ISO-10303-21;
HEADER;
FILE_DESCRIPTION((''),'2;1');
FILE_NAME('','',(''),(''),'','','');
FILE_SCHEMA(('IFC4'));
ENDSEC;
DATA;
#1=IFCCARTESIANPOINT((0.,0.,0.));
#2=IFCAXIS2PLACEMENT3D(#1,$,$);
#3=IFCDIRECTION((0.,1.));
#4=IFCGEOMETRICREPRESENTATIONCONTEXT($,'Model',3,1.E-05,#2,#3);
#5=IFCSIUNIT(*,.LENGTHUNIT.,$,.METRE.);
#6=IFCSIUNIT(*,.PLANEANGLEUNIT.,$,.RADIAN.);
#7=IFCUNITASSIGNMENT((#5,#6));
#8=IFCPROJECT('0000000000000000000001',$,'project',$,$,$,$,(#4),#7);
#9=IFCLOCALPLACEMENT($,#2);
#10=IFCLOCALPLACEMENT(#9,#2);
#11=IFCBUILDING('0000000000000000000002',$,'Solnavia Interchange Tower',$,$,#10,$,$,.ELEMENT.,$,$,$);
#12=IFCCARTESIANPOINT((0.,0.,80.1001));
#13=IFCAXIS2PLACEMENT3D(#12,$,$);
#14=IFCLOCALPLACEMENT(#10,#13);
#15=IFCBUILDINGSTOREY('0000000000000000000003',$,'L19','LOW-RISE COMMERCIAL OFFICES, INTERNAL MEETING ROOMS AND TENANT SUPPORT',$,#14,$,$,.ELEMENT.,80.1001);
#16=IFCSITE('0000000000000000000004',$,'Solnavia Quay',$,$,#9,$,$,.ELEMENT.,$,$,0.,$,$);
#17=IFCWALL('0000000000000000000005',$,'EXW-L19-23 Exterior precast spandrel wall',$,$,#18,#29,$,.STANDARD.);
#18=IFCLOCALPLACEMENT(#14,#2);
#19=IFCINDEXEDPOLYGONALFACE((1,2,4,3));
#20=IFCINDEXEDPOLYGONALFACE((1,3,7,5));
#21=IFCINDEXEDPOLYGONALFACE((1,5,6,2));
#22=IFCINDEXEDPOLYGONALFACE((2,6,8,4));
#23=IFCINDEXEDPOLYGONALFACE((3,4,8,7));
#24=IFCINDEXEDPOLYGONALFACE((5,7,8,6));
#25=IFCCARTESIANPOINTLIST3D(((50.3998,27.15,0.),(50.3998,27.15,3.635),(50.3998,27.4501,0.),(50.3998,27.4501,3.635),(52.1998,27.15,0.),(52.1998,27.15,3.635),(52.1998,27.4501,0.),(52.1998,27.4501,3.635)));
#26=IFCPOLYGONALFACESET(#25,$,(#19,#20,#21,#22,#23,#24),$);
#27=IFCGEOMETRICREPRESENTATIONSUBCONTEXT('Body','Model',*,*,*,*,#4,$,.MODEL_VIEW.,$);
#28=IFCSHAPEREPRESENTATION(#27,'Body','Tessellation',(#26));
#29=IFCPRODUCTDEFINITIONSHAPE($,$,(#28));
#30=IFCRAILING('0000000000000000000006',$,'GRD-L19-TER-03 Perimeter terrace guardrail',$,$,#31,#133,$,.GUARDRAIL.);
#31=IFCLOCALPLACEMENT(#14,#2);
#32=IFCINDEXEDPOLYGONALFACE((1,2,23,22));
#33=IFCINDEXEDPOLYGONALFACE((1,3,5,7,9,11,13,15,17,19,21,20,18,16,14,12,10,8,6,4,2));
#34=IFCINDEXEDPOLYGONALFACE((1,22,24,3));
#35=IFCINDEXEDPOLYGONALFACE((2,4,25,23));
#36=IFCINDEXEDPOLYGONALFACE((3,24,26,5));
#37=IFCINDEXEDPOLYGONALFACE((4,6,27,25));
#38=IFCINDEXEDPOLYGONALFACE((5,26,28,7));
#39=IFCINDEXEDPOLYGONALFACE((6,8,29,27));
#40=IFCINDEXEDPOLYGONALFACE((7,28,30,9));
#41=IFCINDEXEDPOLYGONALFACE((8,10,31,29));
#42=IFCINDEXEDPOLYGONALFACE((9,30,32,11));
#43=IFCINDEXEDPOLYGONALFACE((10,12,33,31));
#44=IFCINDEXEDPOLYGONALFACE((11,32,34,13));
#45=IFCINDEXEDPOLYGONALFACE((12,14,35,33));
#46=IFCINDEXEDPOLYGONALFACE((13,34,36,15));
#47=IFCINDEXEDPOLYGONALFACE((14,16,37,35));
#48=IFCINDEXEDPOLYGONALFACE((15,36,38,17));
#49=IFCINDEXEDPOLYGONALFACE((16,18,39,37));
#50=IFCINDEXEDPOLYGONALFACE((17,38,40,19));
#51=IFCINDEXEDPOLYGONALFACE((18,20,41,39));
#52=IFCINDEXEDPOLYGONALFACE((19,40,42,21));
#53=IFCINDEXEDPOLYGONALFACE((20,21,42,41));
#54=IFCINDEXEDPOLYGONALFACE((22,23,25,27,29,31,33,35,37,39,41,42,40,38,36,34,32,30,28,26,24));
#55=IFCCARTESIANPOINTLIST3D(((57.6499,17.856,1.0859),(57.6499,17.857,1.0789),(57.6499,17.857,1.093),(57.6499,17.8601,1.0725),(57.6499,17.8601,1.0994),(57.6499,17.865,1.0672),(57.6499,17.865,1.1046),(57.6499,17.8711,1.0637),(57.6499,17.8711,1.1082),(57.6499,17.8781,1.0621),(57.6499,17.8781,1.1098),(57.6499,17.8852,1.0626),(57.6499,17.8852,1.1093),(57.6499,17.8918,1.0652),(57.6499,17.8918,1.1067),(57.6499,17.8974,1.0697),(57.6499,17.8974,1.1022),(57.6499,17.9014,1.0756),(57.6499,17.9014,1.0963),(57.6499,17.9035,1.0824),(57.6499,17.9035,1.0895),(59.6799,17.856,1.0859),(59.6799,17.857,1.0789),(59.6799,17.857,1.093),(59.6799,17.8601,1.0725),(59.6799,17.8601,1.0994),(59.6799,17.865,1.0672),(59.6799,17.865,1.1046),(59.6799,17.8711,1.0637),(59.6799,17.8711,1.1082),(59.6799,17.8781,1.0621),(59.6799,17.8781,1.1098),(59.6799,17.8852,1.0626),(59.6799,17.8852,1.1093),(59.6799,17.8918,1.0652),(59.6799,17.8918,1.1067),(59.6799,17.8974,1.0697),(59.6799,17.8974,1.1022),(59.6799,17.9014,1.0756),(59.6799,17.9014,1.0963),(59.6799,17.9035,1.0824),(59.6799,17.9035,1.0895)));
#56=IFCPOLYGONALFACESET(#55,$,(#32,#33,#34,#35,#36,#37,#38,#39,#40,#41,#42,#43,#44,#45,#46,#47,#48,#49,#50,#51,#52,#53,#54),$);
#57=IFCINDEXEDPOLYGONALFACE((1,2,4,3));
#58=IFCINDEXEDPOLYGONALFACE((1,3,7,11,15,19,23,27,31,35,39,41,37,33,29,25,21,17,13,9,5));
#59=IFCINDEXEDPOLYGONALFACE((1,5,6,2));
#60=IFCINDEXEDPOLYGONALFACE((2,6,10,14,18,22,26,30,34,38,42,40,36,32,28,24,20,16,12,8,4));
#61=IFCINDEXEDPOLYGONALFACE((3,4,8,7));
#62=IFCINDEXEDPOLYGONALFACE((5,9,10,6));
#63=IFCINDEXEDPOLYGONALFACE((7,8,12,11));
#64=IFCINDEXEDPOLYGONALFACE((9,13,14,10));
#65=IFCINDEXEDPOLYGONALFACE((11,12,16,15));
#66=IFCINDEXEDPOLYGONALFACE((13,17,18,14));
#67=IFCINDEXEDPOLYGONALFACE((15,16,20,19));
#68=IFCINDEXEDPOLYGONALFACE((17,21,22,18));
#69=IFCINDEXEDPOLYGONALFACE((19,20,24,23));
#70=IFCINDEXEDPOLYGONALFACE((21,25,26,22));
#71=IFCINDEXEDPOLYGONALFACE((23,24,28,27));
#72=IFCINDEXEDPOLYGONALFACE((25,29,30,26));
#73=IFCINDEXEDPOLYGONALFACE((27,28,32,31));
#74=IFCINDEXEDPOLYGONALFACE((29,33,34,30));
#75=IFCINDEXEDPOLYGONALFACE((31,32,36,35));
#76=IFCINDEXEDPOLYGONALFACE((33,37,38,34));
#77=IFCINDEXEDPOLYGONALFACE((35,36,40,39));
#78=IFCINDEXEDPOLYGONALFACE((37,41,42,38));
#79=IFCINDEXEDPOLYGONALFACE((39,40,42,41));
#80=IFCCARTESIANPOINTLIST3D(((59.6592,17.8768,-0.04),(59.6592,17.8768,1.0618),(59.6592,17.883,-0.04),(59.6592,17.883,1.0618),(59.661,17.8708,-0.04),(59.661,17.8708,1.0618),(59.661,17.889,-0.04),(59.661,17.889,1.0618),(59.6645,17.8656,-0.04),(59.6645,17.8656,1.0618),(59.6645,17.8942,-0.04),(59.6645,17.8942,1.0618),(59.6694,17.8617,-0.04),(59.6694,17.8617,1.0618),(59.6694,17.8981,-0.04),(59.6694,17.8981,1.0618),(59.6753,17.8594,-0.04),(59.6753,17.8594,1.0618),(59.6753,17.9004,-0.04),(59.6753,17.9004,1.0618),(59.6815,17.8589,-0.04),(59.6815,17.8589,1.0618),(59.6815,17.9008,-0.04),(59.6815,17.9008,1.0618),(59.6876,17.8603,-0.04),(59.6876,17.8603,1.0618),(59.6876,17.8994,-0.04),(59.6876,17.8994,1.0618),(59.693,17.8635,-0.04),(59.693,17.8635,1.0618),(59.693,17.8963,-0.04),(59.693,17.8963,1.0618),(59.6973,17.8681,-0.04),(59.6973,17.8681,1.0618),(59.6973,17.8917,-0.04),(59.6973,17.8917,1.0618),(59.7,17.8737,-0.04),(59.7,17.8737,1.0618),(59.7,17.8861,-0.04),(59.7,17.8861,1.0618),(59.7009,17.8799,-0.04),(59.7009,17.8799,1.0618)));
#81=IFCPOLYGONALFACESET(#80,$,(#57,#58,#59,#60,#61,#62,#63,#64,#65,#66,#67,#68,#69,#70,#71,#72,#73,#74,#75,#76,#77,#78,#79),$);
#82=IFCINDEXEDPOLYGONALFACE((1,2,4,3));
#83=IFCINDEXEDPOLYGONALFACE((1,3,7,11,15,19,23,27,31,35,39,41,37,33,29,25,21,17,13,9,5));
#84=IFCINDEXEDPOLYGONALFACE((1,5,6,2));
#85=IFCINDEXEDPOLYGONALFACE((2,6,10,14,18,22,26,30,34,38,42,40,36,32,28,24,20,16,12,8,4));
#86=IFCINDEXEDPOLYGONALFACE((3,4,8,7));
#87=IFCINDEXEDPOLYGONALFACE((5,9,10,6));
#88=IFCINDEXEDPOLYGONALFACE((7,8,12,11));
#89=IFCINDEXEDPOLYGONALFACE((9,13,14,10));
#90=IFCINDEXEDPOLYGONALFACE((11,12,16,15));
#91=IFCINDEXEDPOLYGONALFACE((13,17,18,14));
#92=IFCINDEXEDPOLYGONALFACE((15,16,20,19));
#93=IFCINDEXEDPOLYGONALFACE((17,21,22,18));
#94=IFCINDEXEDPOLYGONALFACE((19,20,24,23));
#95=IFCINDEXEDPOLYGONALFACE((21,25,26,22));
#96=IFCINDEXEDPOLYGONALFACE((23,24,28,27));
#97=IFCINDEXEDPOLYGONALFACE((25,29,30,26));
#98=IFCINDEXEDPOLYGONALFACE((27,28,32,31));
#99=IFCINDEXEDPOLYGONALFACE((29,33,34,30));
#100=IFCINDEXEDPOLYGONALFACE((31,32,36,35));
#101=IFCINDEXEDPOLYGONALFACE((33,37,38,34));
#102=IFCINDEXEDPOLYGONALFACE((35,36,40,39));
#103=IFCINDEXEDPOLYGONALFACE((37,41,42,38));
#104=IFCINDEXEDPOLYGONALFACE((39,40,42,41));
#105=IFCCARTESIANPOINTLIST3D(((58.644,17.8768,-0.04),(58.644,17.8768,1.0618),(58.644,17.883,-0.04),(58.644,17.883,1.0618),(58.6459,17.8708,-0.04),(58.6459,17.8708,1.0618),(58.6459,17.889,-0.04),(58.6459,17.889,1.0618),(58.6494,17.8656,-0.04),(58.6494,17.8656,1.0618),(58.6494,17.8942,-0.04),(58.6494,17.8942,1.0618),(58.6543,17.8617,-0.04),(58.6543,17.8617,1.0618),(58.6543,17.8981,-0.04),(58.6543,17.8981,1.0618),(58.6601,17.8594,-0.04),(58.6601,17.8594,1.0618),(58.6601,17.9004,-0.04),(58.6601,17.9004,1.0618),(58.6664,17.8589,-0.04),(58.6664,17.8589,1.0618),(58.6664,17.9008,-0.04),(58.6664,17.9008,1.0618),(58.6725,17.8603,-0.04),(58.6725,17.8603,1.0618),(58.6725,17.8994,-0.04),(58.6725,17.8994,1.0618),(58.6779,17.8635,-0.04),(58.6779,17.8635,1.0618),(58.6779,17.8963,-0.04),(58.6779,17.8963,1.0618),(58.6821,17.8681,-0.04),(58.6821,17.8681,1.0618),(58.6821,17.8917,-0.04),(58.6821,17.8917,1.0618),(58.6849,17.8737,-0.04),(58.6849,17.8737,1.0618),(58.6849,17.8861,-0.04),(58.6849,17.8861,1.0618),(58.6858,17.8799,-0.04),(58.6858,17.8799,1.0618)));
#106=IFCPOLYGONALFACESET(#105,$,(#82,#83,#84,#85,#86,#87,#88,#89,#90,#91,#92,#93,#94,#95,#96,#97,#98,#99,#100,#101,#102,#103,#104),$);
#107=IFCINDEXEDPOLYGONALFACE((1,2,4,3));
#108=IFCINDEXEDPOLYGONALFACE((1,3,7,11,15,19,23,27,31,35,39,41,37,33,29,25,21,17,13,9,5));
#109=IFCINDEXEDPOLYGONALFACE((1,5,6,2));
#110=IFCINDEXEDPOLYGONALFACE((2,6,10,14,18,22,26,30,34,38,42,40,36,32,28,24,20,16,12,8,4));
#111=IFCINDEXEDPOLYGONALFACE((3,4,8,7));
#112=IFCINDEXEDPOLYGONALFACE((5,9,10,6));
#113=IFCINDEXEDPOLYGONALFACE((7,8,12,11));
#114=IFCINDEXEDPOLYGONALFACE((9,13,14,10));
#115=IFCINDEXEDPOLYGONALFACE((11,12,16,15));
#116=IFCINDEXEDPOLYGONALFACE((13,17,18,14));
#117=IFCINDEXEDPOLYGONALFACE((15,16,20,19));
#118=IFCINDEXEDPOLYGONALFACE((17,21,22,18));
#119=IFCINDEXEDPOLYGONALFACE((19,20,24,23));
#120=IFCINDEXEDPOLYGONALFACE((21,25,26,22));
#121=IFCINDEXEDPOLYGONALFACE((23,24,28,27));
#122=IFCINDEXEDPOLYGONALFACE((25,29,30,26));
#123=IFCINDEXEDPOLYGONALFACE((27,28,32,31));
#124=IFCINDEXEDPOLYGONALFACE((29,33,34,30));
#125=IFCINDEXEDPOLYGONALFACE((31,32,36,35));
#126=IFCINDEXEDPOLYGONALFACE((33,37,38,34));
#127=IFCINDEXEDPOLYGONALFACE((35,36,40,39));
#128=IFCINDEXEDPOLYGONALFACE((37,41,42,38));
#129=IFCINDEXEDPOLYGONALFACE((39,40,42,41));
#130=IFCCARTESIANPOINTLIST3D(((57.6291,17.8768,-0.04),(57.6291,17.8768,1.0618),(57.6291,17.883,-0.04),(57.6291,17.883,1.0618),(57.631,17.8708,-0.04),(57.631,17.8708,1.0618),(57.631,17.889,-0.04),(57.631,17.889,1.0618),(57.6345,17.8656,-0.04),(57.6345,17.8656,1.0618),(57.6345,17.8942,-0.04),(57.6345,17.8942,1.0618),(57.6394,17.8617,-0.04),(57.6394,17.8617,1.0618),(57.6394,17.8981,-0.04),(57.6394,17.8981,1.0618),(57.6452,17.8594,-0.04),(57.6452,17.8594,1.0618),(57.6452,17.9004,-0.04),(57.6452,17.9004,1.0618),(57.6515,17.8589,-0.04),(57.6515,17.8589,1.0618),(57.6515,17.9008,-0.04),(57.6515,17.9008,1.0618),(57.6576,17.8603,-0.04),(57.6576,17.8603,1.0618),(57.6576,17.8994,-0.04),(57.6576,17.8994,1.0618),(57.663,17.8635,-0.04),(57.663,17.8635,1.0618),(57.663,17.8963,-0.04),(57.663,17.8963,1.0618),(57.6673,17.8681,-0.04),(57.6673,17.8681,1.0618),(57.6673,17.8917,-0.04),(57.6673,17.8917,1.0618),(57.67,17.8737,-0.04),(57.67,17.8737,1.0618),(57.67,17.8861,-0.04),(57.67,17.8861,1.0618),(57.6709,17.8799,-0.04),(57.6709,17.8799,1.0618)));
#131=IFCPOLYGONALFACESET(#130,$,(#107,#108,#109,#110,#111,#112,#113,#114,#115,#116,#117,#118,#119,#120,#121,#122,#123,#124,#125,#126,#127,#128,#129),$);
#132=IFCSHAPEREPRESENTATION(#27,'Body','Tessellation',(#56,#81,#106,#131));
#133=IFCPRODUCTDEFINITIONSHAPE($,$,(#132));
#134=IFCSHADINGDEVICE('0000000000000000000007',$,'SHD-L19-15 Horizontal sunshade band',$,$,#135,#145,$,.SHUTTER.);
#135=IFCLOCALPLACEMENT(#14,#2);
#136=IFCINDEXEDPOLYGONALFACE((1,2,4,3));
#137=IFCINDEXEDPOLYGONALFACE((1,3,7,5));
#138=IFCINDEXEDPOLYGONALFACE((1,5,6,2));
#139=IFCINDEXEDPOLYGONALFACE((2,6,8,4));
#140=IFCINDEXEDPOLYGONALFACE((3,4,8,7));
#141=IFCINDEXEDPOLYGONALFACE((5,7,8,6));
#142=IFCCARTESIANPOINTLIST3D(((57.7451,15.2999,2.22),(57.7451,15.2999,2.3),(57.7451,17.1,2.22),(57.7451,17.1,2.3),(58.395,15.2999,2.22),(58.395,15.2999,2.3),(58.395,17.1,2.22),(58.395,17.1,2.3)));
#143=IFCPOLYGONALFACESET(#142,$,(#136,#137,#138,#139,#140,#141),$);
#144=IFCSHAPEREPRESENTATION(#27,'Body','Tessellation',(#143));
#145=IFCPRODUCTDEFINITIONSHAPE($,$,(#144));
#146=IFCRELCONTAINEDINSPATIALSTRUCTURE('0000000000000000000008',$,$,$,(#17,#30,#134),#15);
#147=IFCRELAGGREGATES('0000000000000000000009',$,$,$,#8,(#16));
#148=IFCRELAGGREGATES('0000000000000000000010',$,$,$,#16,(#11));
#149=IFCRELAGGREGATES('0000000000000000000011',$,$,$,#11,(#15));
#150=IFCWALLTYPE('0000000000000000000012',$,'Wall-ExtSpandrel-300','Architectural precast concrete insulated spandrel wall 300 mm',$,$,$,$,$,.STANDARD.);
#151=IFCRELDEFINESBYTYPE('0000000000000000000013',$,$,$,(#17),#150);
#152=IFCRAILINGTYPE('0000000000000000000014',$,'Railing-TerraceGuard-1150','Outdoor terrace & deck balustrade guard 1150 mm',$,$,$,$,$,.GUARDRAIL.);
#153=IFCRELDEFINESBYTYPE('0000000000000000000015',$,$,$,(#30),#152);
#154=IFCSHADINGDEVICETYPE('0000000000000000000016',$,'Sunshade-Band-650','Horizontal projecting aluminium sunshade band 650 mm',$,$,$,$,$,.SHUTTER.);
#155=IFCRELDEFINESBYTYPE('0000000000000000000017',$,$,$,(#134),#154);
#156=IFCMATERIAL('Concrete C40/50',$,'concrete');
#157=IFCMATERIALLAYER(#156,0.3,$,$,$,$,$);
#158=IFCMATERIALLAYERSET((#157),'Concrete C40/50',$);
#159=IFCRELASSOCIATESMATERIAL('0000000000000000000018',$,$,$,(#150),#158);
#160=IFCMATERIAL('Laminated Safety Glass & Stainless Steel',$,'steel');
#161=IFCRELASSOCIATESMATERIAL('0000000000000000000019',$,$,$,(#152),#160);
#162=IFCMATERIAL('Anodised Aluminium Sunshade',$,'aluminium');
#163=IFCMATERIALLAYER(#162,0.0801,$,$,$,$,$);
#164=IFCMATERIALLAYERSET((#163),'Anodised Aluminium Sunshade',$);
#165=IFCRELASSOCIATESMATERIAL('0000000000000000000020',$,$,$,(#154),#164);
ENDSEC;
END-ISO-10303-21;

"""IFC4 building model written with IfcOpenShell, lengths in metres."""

from ifc_helpers import new_model, si_unit, direction, frame, frame_2d, origin, origin_2d, place, context, subcontext, project, spatial, rectangle, circle, extrude, material, layer, layer_set, type_object, element, save


model = new_model("IFC4")

# Units and contexts
model_context = context("Model", 3, precision=1e-05, world=origin(), true_north=direction((0.0, 1.0)))
body_context = subcontext(model_context, "Body", "Model", "MODEL_VIEW")
ifc_project = project(units=[si_unit("LENGTHUNIT", "METRE"), si_unit("PLANEANGLEUNIT", "RADIAN")], contexts=[model_context])

# Site, building, storey
site_placement = place(None, origin())
site = spatial("IfcSite", under=ifc_project, at=site_placement, Name="Solnavia Quay", CompositionType="ELEMENT", RefElevation=0.0)
building_placement = place(site_placement, origin())
building = spatial("IfcBuilding", under=site, at=building_placement, Name="Solnavia Interchange Tower", CompositionType="ELEMENT")
storey_placement = place(building_placement, frame((0.0, 0.0, 80.1001)))
storey = spatial("IfcBuildingStorey", under=building, at=storey_placement, Name="L19", Description="LOW-RISE COMMERCIAL OFFICES, INTERNAL MEETING ROOMS AND TENANT SUPPORT", CompositionType="ELEMENT", Elevation=80.1001)

# Shared definitions
ifc_material_1 = material(Name="Concrete C40/50", Category="concrete")
ifc_layer_1 = layer(ifc_material_1, 0.3)
ifc_layer_set_1 = layer_set([ifc_layer_1], Name="Concrete C40/50")
wall_type_1 = type_object("IfcWallType", Name="Wall-ExtSpandrel-300", Description="Architectural precast concrete insulated spandrel wall 300 mm", PredefinedType="STANDARD", material=ifc_layer_set_1)

# Wall
wall_1_placement = place(storey_placement, frame((50.3999, 27.3, 0.0), z_axis=(0.0, 0.0, 1.0), x_axis=(1.0, 0.0, 0.0)))
element("IfcWall", 1, at=wall_1_placement, inside=storey, type_object=wall_type_1, Name="EXW-L19-23 Exterior precast spandrel wall", PredefinedType="STANDARD", context=body_context, shape_type="SweptSolid", body=[
    extrude(rectangle(XDim=1.8, YDim=0.3, at=frame_2d((0.8999, 0.0))), origin(), (0.0, 0.0, 1.0), 3.635),
])

# Railing
ifc_material_2 = material(Name="Laminated Safety Glass & Stainless Steel", Category="steel")
railing_type = type_object("IfcRailingType", Name="Railing-TerraceGuard-1150", Description="Outdoor terrace & deck balustrade guard 1150 mm", PredefinedType="GUARDRAIL", material=ifc_material_2)
railing_placement = place(storey_placement, frame((59.6799, 17.8799, -0.04)))
element("IfcRailing", 2, at=railing_placement, inside=storey, type_object=railing_type, Name="GRD-L19-TER-03 Perimeter terrace guardrail", PredefinedType="GUARDRAIL", context=body_context, shape_type="SweptSolid", body=[
    extrude(circle(Radius=0.0239, at=origin_2d()), frame((0.0, 0.0, 1.126), z_axis=(-1.0, 0.0, 0.0), x_axis=(0.0, -1.0, 0.0)), (0.0, 0.0, 1.0), 2.03),
    extrude(circle(Radius=0.021, at=origin_2d()), origin(), (0.0, 0.0, 1.0), 1.1018),
    extrude(circle(Radius=0.021, at=origin_2d()), frame((-1.0151, 0.0, 0.0)), (0.0, 0.0, 1.0), 1.1018),
    extrude(circle(Radius=0.021, at=origin_2d()), frame((-2.03, 0.0, 0.0)), (0.0, 0.0, 1.0), 1.1018),
])

# Shading device
ifc_material_3 = material(Name="Anodised Aluminium Sunshade", Category="aluminium")
ifc_layer_2 = layer(ifc_material_3, 0.0801)
ifc_layer_set_2 = layer_set([ifc_layer_2], Name="Anodised Aluminium Sunshade")
shading_device_type = type_object("IfcShadingDeviceType", Name="Sunshade-Band-650", Description="Horizontal projecting aluminium sunshade band 650 mm", PredefinedType="SHUTTER", material=ifc_layer_set_2)
shading_device_placement = place(storey_placement, frame((58.0701, 16.2, 2.22), z_axis=(0.0, 0.0, 1.0), x_axis=(0.0, -1.0, 0.0)))
element("IfcShadingDevice", 3, at=shading_device_placement, inside=storey, type_object=shading_device_type, Name="SHD-L19-15 Horizontal sunshade band", PredefinedType="SHUTTER", context=body_context, shape_type="SweptSolid", body=[
    extrude(rectangle(XDim=1.8, YDim=0.6499, at=origin_2d()), origin(), (0.0, 0.0, 1.0), 0.0801),
])

save(model, "model.ifc")
